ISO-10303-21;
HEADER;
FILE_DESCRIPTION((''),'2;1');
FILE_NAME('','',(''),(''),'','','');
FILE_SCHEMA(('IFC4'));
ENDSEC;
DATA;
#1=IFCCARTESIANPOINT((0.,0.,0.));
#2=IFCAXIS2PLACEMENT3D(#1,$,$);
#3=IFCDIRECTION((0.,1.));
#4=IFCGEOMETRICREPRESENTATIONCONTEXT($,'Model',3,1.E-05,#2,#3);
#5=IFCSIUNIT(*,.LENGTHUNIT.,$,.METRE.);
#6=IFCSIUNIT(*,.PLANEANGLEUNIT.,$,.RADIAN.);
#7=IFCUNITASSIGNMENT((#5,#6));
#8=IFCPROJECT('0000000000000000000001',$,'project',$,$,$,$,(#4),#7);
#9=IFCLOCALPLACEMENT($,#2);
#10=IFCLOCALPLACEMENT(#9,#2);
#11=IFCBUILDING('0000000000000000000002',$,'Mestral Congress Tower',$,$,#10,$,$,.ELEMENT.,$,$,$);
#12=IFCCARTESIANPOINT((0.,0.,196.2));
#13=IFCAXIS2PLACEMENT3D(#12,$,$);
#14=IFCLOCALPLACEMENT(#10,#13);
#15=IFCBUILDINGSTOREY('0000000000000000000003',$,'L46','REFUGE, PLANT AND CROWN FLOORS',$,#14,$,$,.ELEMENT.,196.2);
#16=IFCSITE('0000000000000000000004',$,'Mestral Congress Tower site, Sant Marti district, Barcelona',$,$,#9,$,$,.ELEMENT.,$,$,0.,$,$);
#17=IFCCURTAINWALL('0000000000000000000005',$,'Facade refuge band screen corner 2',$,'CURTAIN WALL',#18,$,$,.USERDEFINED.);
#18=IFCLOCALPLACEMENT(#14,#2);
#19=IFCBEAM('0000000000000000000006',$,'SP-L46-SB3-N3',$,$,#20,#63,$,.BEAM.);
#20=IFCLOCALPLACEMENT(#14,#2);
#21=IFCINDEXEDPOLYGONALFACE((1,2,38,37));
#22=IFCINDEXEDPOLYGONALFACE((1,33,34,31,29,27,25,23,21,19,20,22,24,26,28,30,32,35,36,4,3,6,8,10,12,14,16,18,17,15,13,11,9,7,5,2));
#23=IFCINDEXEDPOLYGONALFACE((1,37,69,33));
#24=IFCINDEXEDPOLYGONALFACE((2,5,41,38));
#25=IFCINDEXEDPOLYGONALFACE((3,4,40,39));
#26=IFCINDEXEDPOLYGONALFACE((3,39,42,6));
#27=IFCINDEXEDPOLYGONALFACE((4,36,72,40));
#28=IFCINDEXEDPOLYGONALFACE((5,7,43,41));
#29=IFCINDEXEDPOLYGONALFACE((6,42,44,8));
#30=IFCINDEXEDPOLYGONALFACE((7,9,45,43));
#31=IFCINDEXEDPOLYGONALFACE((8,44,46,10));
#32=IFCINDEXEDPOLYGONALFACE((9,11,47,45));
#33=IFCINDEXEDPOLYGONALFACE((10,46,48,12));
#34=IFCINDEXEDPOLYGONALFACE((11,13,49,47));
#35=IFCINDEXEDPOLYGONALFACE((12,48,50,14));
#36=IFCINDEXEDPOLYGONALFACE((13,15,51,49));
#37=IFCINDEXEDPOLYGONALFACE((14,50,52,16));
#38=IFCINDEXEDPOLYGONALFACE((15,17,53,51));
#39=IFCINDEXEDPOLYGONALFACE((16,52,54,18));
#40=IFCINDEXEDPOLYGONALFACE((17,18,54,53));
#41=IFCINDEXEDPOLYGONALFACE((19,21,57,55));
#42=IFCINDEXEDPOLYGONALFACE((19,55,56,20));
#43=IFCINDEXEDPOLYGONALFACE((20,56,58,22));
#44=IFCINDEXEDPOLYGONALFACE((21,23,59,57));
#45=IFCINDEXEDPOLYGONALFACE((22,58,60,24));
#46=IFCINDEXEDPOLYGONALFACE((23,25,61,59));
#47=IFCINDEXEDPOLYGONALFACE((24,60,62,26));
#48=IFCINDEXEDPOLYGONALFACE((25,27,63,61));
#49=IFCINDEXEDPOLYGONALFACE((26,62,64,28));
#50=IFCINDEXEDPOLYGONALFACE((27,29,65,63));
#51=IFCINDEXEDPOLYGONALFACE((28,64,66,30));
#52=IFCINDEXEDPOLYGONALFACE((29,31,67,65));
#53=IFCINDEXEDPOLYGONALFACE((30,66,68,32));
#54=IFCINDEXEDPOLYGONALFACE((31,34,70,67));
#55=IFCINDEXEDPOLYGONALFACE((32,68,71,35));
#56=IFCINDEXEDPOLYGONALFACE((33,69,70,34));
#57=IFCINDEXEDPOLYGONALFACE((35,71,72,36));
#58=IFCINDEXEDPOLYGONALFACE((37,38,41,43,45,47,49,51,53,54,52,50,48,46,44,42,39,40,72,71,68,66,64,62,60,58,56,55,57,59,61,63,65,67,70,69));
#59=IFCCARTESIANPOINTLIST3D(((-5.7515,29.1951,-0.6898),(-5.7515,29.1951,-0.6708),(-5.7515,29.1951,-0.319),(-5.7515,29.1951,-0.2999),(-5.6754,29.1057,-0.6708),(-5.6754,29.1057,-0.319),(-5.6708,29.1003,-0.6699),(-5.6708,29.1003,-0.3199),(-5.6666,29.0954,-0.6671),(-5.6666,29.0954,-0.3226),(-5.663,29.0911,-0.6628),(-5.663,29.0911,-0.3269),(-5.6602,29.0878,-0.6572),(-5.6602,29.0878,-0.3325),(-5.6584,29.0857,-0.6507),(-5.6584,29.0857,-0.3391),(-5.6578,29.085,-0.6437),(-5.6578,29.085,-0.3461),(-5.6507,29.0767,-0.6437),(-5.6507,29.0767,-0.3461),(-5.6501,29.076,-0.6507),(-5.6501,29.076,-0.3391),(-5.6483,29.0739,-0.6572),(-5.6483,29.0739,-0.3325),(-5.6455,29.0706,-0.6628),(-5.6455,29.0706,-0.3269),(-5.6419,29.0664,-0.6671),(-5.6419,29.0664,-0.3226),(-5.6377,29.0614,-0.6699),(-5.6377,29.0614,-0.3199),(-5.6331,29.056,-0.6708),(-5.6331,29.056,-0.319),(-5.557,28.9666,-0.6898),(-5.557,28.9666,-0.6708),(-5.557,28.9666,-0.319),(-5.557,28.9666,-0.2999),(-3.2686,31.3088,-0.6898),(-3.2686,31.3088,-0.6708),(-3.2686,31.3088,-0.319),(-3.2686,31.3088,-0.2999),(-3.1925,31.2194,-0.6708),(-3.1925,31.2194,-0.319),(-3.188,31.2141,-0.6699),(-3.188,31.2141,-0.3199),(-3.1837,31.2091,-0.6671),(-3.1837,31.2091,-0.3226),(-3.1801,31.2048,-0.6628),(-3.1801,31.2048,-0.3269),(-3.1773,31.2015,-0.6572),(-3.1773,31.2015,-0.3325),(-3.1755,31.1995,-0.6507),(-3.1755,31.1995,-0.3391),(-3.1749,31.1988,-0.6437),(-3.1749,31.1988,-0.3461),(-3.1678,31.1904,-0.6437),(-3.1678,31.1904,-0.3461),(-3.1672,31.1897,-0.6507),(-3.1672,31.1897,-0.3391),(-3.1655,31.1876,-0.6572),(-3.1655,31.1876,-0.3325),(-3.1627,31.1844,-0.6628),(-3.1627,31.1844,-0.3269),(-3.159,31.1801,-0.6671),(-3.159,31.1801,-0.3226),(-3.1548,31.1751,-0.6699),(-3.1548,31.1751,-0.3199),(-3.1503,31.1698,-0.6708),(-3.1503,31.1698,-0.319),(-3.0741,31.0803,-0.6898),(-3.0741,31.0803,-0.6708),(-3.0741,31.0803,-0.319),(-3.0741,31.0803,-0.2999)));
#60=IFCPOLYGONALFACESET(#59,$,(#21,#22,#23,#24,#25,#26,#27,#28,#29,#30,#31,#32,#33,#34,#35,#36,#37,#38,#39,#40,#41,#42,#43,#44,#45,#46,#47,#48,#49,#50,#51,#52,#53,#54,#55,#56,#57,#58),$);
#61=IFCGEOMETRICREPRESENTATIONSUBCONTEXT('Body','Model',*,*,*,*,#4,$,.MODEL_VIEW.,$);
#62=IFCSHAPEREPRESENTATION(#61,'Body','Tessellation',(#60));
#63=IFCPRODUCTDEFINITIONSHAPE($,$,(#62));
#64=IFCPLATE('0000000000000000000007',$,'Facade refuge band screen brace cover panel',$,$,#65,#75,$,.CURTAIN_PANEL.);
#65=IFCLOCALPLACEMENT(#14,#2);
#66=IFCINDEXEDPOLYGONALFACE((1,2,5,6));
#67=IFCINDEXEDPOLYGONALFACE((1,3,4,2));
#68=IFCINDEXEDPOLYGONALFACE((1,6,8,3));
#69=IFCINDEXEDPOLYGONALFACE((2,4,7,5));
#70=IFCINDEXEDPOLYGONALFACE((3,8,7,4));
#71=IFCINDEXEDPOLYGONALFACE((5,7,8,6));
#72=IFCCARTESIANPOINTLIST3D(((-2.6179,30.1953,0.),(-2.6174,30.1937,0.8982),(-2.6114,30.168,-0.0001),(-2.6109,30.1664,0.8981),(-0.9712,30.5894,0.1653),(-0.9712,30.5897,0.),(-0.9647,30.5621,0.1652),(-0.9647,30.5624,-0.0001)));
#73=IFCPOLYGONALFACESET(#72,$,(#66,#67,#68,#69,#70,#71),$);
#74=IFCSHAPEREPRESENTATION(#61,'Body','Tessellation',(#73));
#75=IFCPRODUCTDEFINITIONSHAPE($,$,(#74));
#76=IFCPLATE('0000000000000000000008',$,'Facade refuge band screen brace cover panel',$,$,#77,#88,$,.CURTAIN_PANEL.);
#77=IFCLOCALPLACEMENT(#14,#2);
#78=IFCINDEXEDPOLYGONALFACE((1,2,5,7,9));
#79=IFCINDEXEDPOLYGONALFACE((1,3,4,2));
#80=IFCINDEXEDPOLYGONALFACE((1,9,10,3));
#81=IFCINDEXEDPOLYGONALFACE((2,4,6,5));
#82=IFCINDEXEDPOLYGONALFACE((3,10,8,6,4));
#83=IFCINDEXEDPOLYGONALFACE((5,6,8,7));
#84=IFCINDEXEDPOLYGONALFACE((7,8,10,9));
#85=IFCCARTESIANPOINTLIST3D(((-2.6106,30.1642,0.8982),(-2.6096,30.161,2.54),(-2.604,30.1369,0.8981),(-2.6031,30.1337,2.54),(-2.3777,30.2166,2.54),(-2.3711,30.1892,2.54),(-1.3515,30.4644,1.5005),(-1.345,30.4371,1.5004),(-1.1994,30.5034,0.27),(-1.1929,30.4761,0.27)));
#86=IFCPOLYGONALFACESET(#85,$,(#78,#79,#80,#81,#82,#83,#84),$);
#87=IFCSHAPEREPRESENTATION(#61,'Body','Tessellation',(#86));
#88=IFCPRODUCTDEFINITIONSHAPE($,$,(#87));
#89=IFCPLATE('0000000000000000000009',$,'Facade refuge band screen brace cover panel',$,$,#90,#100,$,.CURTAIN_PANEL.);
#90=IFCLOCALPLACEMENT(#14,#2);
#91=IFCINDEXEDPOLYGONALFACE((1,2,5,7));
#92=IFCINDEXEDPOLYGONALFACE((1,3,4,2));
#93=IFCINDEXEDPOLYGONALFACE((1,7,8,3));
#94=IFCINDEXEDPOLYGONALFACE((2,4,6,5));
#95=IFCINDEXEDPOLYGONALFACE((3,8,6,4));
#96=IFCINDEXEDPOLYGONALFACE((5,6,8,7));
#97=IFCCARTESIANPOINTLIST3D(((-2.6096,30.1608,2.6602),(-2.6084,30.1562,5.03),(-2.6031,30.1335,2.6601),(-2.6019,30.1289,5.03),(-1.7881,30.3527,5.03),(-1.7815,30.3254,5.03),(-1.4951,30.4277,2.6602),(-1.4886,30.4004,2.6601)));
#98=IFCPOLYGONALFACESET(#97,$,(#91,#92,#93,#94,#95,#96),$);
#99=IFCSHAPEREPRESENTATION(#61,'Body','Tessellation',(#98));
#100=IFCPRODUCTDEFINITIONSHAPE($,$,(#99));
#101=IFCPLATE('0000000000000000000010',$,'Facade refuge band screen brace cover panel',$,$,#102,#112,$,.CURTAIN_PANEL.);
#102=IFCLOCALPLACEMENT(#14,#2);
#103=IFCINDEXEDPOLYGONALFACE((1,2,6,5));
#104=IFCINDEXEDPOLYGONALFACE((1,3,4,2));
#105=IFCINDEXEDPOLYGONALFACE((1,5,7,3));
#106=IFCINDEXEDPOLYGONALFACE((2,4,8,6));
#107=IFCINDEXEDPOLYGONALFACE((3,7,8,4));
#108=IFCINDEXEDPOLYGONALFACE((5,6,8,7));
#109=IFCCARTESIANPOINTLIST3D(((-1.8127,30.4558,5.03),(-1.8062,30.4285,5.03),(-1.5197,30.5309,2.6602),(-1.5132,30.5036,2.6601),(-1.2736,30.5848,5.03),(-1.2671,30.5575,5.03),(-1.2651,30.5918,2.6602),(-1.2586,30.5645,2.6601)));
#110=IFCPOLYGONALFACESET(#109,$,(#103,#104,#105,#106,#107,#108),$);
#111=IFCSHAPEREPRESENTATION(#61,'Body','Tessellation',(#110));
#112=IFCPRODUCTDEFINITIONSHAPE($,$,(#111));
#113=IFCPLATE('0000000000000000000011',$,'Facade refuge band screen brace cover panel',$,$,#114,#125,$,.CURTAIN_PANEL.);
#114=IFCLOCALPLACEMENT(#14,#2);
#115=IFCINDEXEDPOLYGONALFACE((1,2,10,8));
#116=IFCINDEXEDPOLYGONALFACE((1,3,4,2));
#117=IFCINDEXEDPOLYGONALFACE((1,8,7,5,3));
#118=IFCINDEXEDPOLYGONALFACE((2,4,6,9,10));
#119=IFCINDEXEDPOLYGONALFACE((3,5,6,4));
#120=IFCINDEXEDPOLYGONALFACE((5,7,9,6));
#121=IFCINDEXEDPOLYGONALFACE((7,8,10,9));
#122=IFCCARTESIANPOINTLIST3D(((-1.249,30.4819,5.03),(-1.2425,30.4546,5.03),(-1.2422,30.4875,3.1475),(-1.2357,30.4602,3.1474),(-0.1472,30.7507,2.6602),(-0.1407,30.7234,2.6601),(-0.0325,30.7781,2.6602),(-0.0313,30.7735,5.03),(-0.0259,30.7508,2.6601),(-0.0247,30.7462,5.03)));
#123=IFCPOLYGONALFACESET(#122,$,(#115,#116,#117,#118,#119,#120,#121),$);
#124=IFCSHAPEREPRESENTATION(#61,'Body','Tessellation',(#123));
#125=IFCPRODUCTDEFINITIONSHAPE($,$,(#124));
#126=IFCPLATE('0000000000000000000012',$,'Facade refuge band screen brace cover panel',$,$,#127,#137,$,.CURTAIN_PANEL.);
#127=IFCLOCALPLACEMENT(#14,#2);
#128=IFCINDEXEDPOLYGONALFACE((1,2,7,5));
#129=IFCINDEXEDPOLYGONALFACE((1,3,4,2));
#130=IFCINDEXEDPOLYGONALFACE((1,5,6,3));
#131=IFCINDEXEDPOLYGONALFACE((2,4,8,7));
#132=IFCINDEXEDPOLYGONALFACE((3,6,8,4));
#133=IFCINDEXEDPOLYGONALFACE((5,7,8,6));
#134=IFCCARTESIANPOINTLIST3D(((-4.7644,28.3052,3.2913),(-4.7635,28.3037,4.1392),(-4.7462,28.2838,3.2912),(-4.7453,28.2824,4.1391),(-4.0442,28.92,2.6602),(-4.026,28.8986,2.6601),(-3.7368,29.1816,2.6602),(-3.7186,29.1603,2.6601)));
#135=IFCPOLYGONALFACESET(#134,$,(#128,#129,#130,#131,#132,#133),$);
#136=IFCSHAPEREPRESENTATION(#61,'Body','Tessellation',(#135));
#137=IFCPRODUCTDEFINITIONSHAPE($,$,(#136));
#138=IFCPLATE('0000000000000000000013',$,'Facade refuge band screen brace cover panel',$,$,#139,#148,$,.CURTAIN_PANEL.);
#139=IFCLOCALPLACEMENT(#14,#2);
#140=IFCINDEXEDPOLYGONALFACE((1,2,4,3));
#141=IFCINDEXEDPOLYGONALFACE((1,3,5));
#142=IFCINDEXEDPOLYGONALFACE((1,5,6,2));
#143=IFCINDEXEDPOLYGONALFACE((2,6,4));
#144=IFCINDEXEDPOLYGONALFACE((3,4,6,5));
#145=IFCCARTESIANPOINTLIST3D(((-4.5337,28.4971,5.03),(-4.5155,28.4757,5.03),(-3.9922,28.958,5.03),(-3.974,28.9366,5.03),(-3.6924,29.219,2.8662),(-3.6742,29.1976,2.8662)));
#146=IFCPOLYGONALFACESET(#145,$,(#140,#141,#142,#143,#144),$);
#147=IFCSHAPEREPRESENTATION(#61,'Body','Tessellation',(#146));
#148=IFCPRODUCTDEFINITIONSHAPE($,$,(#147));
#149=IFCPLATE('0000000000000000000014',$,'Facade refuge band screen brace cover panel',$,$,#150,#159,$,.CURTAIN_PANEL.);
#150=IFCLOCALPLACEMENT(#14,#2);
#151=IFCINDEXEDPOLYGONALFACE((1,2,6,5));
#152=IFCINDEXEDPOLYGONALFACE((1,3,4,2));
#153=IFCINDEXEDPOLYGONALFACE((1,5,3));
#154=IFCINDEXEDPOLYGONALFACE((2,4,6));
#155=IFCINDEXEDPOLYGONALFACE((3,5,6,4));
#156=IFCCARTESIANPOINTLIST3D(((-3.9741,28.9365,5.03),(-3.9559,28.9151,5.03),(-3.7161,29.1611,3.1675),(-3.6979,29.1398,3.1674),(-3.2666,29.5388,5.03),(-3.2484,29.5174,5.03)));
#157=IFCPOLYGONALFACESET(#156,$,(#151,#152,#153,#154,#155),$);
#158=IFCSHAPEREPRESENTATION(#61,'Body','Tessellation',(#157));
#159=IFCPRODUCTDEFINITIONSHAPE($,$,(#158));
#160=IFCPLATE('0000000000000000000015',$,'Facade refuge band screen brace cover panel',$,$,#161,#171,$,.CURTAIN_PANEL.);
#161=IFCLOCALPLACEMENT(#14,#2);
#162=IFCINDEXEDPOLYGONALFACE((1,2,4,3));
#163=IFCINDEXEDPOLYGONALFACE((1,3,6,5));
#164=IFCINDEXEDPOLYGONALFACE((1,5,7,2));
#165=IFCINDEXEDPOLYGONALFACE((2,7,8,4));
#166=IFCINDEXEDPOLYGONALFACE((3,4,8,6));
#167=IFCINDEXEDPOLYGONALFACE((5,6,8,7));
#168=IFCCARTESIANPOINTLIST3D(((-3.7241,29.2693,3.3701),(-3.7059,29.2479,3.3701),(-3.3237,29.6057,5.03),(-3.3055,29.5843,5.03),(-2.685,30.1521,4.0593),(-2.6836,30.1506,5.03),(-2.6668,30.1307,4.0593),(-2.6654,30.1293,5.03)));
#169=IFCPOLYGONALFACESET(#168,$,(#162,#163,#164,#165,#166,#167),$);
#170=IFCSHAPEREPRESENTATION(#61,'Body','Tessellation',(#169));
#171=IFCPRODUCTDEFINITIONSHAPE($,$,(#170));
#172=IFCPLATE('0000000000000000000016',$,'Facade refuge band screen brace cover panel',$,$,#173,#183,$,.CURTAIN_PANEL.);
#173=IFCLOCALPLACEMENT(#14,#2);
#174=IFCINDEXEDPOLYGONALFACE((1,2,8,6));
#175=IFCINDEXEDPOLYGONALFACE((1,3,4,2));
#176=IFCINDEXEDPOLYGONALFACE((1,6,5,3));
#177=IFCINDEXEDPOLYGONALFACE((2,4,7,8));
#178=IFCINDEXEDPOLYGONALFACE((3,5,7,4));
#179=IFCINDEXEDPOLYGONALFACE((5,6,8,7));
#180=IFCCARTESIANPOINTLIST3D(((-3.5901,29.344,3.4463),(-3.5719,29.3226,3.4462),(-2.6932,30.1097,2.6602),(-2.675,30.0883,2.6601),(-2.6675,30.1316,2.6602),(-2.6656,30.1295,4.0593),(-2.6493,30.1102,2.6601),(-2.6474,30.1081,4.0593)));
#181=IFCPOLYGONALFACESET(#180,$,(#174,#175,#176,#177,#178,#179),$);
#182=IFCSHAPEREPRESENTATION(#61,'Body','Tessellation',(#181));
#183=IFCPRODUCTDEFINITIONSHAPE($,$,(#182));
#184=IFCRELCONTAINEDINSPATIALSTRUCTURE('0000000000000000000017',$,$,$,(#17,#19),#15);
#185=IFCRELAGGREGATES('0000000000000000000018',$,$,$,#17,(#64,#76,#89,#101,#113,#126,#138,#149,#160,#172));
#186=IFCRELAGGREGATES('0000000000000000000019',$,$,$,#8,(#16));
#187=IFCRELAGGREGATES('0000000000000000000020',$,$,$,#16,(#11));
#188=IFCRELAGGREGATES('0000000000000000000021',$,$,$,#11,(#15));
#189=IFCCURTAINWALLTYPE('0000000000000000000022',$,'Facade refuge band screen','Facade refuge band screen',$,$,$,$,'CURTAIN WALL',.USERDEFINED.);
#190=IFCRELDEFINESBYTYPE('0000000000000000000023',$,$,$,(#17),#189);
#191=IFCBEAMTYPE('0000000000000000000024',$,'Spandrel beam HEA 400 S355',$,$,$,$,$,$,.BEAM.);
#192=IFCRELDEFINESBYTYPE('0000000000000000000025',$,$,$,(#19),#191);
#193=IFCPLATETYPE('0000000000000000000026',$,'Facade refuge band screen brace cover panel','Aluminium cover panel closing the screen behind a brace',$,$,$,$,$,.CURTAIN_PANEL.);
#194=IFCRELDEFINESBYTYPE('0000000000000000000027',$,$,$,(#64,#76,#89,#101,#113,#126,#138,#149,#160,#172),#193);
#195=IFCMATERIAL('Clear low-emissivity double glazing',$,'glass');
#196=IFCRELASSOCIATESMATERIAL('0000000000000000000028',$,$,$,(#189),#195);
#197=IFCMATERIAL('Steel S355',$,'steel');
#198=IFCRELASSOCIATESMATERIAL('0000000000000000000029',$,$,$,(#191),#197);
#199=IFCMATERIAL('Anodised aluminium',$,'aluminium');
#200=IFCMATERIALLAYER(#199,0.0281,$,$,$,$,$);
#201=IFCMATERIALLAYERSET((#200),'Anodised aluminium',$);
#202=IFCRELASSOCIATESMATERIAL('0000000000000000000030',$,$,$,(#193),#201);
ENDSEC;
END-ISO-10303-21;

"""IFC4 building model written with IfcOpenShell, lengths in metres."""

from ifc_helpers import new_model, si_unit, direction, frame, origin, origin_2d, place, context, subcontext, project, spatial, polyline, i_section, outline, extrude, material, layer, layer_set, material_profile, profile_set, type_object, element, aggregate, save


model = new_model("IFC4")

# Units and contexts
model_context = context("Model", 3, precision=1e-05, world=origin(), true_north=direction((0.0, 1.0)))
body_context = subcontext(model_context, "Body", "Model", "MODEL_VIEW")
ifc_project = project(units=[si_unit("LENGTHUNIT", "METRE"), si_unit("PLANEANGLEUNIT", "RADIAN")], contexts=[model_context])

# Site, building, storey
site_placement = place(None, origin())
site = spatial("IfcSite", under=ifc_project, at=site_placement, Name="Mestral Congress Tower site, Sant Marti district, Barcelona", CompositionType="ELEMENT", RefElevation=0.0)
building_placement = place(site_placement, origin())
building = spatial("IfcBuilding", under=site, at=building_placement, Name="Mestral Congress Tower", CompositionType="ELEMENT")
storey_placement = place(building_placement, frame((0.0, 0.0, 196.2)))
storey = spatial("IfcBuildingStorey", under=building, at=storey_placement, Name="L46", Description="REFUGE, PLANT AND CROWN FLOORS", CompositionType="ELEMENT", Elevation=196.2)

# Shared definitions
ifc_material_1 = material(Name="Steel S355", Category="steel")

# Curtain wall
ifc_material_2 = material(Name="Clear low-emissivity double glazing", Category="glass")
curtain_wall_type = type_object("IfcCurtainWallType", Name="Facade refuge band screen", Description="Facade refuge band screen", ElementType="CURTAIN WALL", PredefinedType="USERDEFINED", material=ifc_material_2)
curtain_wall_placement = place(storey_placement, origin())
curtain_wall = element("IfcCurtainWall", 1, at=curtain_wall_placement, inside=storey, type_object=curtain_wall_type, Name="Facade refuge band screen corner 2", ObjectType="CURTAIN WALL", PredefinedType="USERDEFINED")
ifc_material_3 = material(Name="Anodised aluminium", Category="aluminium")

# Beam
ifc_material_profile_1 = material_profile(ifc_material_1, i_section(OverallWidth=0.3, OverallDepth=0.3899, WebThickness=0.011, FlangeThickness=0.019, FilletRadius=0.0271, at=origin_2d()), Name="HEA 400")
ifc_profile_set_1 = profile_set([ifc_material_profile_1], Name="Steel S355")
beam_type_1 = type_object("IfcBeamType", Name="Spandrel beam HEA 400 S355", PredefinedType="BEAM", material=ifc_profile_set_1)
beam_1_placement = place(storey_placement, frame((-3.1714, 31.1946, -0.4949), z_axis=(-0.76144, -0.648235, 0.0), x_axis=(0.648235, -0.76144, 0.0)))
element("IfcBeam", 2, at=beam_1_placement, inside=storey, type_object=beam_type_1, Name="SP-L46-SB3-N3", PredefinedType="BEAM", context=body_context, shape_type="SweptSolid", body=[
    extrude(i_section(OverallWidth=0.3, OverallDepth=0.3899, WebThickness=0.011, FlangeThickness=0.019, FilletRadius=0.0271, at=origin_2d()), origin(), (0.0, 0.0, 1.0), 3.2607),
])

# Plates
ifc_layer_1 = layer(ifc_material_3, 0.0281)
ifc_layer_set_1 = layer_set([ifc_layer_1], Name="Anodised aluminium")
plate_type_1 = type_object("IfcPlateType", Name="Facade refuge band screen brace cover panel", Description="Aluminium cover panel closing the screen behind a brace", PredefinedType="CURTAIN_PANEL", material=ifc_layer_set_1)
plate_1_placement = place(storey_placement, frame((-0.9712, 30.5894, 0.1653), z_axis=(-0.232898, 0.972499, 0.001893), x_axis=(-0.892299, -0.214464, 0.39725)))
plate_1 = element("IfcPlate", 3, at=plate_1_placement, type_object=plate_type_1, Name="Facade refuge band screen brace cover panel", PredefinedType="CURTAIN_PANEL", context=body_context, shape_type="SweptSolid", body=[
    extrude(outline(polyline([(0.0, 0.0), (1.845, 0.0), (1.4882, -0.8243), (-0.0657, -0.1517), (0.0, 0.0)])), origin(), (0.0, 0.0, -1.0), 0.0281),
])
plate_2_placement = place(storey_placement, frame((-2.3777, 30.2166, 2.54), z_axis=(-0.232862, 0.972508, 0.002008), x_axis=(-0.97251, -0.232862, -0.000001)))
plate_2 = element("IfcPlate", 4, at=plate_2_placement, type_object=plate_type_1, Name="Facade refuge band screen brace cover panel", PredefinedType="CURTAIN_PANEL", context=body_context, shape_type="SweptSolid", body=[
    extrude(outline(polyline([(0.0, 0.0), (0.2385, 0.0), (0.2387, -1.6418), (-1.2126, -2.27), (-1.0557, -1.0396), (0.0, 0.0)])), origin(), (0.0, 0.0, -1.0), 0.0281),
])
plate_3_placement = place(storey_placement, frame((-2.6084, 30.1562, 5.03), z_axis=(-0.232908, 0.972497, 0.001994), x_axis=(-0.000508, 0.001929, -0.999998)))
plate_3 = element("IfcPlate", 5, at=plate_3_placement, type_object=plate_type_1, Name="Facade refuge band screen brace cover panel", PredefinedType="CURTAIN_PANEL", context=body_context, shape_type="SweptSolid", body=[
    extrude(outline(polyline([(0.0, 0.0), (2.3699, 0.0), (2.3698, -1.146), (0.0, -0.8435), (0.0, 0.0)])), origin(), (0.0, 0.0, -1.0), 0.0281),
])
plate_4_placement = place(storey_placement, frame((-1.8127, 30.4558, 5.03), z_axis=(-0.232739, 0.972537, 0.002026), x_axis=(0.122641, 0.031416, -0.991954)))
plate_4 = element("IfcPlate", 6, at=plate_4_placement, type_object=plate_type_1, Name="Facade refuge band screen brace cover panel", PredefinedType="CURTAIN_PANEL", context=body_context, shape_type="SweptSolid", body=[
    extrude(outline(polyline([(0.0, 0.0), (2.3891, 0.0), (2.4222, -0.2597), (0.0702, -0.5499), (0.0, 0.0)])), origin(), (0.0, 0.0, -1.0), 0.0281),
])
plate_5_placement = place(storey_placement, frame((-1.249, 30.4819, 5.03), z_axis=(-0.232863, 0.972508, 0.002014), x_axis=(0.003611, 0.002936, -0.999989)))
plate_5 = element("IfcPlate", 7, at=plate_5_placement, type_object=plate_type_1, Name="Facade refuge band screen brace cover panel", PredefinedType="CURTAIN_PANEL", context=body_context, shape_type="SweptSolid", body=[
    extrude(outline(polyline([(0.0, 0.0), (1.8826, 0.0), (2.3746, -1.1242), (2.3751, -1.2421), (0.0053, -1.2522), (0.0, 0.0)])), origin(), (0.0, 0.0, -1.0), 0.0281),
])
plate_6_placement = place(storey_placement, frame((-4.7644, 28.3052, 3.2913), z_axis=(-0.648225, 0.761446, 0.002017), x_axis=(0.632888, 0.540251, -0.5546)))
plate_6 = element("IfcPlate", 8, at=plate_6_placement, type_object=plate_type_1, Name="Facade refuge band screen brace cover panel", PredefinedType="CURTAIN_PANEL", context=body_context, shape_type="SweptSolid", body=[
    extrude(outline(polyline([(0.0, 0.0), (1.1379, 0.0), (1.4739, -0.2239), (-0.4704, -0.7054), (0.0, 0.0)])), origin(), (0.0, 0.0, -1.0), 0.0281),
])
plate_7_placement = place(storey_placement, frame((-4.5337, 28.4971, 5.03), z_axis=(-0.648185, 0.76148, 0.002037), x_axis=(0.346036, 0.296933, -0.889994)))
plate_7 = element("IfcPlate", 9, at=plate_7_placement, type_object=plate_type_1, Name="Facade refuge band screen brace cover panel", PredefinedType="CURTAIN_PANEL", context=body_context, shape_type="SweptSolid", body=[
    extrude(outline(polyline([(0.0, 0.0), (2.4313, 0.0), (0.3242, -0.6329), (0.0, 0.0)])), origin(), (0.0, 0.0, -1.0), 0.0281),
])
plate_8_placement = place(storey_placement, frame((-3.9741, 28.9365, 5.03), z_axis=(-0.648211, 0.761458, 0.002016), x_axis=(0.136271, 0.118608, -0.983546)))
plate_8 = element("IfcPlate", 10, at=plate_8_placement, type_object=plate_type_1, Name="Facade refuge band screen brace cover panel", PredefinedType="CURTAIN_PANEL", context=body_context, shape_type="SweptSolid", body=[
    extrude(outline(polyline([(0.0, 0.0), (1.8937, 0.0), (0.1679, -0.9139), (0.0, 0.0)])), origin(), (0.0, 0.0, -1.0), 0.0281),
])
plate_9_placement = place(storey_placement, frame((-3.7241, 29.2693, 3.3701), z_axis=(-0.64825, 0.761425, 0.002074), x_axis=(0.680148, 0.577826, 0.451127)))
plate_9 = element("IfcPlate", 11, at=plate_9_placement, type_object=plate_type_1, Name="Facade refuge band screen brace cover panel", PredefinedType="CURTAIN_PANEL", context=body_context, shape_type="SweptSolid", body=[
    extrude(outline(polyline([(0.0, 0.0), (1.5277, 0.0), (1.9658, -0.8662), (1.2156, -1.2455), (0.0, 0.0)])), origin(), (0.0, 0.0, -1.0), 0.0281),
])
plate_10_placement = place(storey_placement, frame((-2.6675, 30.1316, 2.6602), z_axis=(-0.648267, 0.76141, 0.002021), x_axis=(0.001344, -0.001509, 0.999998)))
plate_10 = element("IfcPlate", 12, at=plate_10_placement, type_object=plate_type_1, Name="Facade refuge band screen brace cover panel", PredefinedType="CURTAIN_PANEL", context=body_context, shape_type="SweptSolid", body=[
    extrude(outline(polyline([(0.0, 0.0), (1.3992, 0.0), (0.7861, -1.2131), (0.0, -0.0338), (0.0, 0.0)])), origin(), (0.0, 0.0, -1.0), 0.0281),
])

aggregate(curtain_wall, [plate_1, plate_2, plate_3, plate_4, plate_5, plate_6, plate_7, plate_8, plate_9, plate_10])

save(model, "model.ifc")
